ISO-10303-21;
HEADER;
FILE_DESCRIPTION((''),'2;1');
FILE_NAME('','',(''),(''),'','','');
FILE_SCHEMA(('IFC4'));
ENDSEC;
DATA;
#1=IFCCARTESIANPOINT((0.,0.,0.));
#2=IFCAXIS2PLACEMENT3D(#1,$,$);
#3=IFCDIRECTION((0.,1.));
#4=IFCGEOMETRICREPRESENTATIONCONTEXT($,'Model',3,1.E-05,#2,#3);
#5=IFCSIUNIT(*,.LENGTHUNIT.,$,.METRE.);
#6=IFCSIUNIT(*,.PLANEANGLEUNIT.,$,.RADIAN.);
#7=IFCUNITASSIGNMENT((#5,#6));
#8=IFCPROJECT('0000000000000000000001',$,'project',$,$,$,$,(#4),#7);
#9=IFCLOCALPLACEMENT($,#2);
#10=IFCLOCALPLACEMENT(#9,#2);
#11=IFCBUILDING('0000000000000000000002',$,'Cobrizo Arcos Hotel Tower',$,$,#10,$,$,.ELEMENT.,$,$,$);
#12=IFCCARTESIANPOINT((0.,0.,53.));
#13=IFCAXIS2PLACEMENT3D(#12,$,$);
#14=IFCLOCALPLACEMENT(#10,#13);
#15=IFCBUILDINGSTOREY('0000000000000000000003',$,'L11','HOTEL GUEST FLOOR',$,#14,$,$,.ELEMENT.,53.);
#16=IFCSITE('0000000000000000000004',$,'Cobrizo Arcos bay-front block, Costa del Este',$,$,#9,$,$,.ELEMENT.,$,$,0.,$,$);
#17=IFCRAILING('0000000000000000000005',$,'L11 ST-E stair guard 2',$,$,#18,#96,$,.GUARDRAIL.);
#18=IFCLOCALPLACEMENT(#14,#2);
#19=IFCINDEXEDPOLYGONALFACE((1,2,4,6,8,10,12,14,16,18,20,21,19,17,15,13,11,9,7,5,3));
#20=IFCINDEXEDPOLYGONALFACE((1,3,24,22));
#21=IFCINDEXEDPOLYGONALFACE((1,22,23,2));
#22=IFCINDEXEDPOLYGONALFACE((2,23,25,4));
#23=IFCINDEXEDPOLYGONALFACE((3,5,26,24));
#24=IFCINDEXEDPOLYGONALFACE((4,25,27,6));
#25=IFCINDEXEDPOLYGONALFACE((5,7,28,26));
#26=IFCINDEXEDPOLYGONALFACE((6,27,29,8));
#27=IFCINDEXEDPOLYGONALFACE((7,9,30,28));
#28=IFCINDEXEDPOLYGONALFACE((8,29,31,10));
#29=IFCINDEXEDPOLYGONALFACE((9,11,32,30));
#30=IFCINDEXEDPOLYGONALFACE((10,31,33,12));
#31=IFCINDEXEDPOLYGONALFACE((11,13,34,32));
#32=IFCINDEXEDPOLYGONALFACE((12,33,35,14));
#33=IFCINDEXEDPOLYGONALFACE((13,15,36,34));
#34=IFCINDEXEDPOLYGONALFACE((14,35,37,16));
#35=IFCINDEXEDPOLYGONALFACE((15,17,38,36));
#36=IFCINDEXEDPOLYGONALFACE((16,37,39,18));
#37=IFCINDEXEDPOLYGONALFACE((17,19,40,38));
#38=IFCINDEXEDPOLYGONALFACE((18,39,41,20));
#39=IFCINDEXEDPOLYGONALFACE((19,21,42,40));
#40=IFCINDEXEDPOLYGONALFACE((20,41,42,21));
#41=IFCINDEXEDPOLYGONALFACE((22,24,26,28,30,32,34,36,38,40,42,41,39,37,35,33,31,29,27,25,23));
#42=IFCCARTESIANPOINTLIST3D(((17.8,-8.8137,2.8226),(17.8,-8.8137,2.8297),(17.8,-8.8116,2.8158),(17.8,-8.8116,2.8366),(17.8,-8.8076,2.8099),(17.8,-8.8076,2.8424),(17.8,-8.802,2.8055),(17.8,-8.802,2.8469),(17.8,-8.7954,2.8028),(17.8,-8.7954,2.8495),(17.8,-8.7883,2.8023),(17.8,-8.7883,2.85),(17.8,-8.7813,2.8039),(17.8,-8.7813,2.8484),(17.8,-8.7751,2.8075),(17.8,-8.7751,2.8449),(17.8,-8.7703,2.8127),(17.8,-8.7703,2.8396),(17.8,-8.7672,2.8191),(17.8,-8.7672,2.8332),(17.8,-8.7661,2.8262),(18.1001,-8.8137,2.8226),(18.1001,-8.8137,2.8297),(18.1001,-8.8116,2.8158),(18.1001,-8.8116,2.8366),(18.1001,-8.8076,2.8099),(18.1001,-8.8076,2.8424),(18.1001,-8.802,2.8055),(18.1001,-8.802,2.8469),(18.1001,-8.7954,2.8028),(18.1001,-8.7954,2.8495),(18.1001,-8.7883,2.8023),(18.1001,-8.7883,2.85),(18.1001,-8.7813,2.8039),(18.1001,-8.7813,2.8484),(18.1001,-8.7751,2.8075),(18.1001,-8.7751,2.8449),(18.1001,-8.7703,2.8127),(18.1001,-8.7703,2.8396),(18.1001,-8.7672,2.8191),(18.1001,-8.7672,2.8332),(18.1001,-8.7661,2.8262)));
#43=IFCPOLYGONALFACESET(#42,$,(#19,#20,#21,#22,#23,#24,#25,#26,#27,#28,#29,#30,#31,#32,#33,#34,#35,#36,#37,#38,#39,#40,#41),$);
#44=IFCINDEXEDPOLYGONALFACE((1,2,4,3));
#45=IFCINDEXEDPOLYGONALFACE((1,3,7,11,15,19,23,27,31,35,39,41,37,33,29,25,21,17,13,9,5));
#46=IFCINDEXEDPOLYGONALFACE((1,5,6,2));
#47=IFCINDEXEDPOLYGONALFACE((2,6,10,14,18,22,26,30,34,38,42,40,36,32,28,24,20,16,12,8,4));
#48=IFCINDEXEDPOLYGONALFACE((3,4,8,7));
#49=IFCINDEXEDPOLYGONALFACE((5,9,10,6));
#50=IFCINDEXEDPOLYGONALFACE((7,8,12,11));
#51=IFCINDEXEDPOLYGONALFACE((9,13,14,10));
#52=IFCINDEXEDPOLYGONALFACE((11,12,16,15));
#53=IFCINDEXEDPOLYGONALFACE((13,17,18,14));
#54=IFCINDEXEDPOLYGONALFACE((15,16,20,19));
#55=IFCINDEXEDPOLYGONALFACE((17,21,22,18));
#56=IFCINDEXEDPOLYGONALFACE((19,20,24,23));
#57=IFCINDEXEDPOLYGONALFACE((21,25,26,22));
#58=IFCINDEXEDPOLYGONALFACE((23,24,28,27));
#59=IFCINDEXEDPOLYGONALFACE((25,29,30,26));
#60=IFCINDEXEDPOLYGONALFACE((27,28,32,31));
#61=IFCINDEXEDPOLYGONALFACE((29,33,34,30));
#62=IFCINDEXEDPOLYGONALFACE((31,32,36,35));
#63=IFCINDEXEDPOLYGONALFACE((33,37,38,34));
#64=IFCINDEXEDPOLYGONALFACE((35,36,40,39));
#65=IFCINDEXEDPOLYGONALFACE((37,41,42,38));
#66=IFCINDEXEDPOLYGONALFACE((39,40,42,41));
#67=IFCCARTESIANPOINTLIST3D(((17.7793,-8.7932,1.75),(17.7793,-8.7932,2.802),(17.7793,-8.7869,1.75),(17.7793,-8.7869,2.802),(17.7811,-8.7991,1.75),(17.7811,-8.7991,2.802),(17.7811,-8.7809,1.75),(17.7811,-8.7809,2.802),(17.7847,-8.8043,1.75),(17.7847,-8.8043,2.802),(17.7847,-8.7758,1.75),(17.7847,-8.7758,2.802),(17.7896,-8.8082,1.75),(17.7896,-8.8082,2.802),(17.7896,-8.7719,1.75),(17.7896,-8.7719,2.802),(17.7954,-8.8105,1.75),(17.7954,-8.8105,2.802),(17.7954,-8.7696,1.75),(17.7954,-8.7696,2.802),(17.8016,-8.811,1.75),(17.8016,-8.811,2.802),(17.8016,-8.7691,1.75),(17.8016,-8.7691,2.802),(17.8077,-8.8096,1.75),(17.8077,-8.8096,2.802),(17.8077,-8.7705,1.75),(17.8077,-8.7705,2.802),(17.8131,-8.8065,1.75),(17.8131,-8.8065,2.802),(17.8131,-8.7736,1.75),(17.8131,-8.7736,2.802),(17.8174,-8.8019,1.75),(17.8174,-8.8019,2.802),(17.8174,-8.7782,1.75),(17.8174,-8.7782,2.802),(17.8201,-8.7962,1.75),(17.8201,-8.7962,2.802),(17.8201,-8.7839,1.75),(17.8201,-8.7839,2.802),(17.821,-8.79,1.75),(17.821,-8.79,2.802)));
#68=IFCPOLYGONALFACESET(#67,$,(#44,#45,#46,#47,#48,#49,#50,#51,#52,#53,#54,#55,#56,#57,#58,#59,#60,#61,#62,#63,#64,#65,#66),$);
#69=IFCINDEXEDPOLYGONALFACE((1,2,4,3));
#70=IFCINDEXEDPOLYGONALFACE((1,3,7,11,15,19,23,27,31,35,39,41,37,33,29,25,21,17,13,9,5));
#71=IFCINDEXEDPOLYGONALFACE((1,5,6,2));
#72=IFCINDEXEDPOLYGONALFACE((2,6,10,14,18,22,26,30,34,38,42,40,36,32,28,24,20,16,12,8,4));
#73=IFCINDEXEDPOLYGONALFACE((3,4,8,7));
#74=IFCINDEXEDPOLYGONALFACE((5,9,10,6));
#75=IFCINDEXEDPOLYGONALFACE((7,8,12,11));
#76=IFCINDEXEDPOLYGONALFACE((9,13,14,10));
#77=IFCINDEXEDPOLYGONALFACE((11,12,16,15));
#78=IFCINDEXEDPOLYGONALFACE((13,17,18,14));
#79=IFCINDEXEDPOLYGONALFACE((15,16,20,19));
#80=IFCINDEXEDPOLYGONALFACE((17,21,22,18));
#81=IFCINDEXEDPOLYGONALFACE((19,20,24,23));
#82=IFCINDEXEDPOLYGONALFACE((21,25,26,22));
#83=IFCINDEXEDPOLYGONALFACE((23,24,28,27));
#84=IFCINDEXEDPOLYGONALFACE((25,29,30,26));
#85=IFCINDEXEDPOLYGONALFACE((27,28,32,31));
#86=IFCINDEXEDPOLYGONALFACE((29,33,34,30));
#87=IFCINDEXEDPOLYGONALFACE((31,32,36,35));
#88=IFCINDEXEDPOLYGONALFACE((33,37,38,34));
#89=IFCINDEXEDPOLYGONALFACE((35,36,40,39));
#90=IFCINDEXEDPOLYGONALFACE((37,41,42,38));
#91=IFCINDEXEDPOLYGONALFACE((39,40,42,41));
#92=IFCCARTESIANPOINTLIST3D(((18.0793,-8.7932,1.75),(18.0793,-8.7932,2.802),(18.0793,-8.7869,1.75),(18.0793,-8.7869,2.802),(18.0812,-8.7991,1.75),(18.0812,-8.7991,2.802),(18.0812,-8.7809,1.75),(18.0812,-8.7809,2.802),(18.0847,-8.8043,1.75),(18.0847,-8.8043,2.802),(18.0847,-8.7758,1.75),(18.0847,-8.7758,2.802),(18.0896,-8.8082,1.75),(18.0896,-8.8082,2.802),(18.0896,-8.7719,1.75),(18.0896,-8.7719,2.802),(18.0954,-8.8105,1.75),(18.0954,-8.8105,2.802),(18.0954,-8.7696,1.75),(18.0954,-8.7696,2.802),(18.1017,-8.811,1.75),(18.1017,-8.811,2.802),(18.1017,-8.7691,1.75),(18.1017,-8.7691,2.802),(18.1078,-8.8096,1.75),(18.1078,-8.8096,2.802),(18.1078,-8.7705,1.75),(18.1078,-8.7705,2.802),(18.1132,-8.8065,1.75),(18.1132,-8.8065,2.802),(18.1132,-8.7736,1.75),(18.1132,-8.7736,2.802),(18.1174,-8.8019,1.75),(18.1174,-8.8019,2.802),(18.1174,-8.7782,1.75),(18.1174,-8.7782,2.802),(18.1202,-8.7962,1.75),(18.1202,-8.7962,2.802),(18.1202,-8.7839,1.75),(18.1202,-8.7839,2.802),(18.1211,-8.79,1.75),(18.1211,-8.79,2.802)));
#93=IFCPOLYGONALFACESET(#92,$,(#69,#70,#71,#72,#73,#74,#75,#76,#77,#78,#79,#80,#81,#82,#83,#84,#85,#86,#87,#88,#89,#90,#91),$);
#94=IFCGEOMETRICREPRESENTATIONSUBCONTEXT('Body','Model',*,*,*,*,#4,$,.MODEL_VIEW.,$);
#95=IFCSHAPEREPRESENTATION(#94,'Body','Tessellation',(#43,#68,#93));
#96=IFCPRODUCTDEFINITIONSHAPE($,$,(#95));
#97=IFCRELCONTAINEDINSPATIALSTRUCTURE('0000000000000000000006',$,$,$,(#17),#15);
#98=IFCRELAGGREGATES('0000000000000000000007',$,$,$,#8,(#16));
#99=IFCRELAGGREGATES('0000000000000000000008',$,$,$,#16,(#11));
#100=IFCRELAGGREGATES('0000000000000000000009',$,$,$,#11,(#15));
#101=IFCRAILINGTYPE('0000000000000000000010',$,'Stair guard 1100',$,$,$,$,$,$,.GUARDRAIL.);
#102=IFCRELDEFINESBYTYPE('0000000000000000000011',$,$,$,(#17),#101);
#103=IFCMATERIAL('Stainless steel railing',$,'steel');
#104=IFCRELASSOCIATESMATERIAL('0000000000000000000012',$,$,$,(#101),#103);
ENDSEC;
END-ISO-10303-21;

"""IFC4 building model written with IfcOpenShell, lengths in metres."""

from ifc_helpers import new_model, si_unit, direction, frame, origin, origin_2d, place, context, subcontext, project, spatial, circle, extrude, material, type_object, element, save


model = new_model("IFC4")

# Units and contexts
model_context = context("Model", 3, precision=1e-05, world=origin(), true_north=direction((0.0, 1.0)))
body_context = subcontext(model_context, "Body", "Model", "MODEL_VIEW")
ifc_project = project(units=[si_unit("LENGTHUNIT", "METRE"), si_unit("PLANEANGLEUNIT", "RADIAN")], contexts=[model_context])

# Site, building, storey
site_placement = place(None, origin())
site = spatial("IfcSite", under=ifc_project, at=site_placement, Name="Cobrizo Arcos bay-front block, Costa del Este", CompositionType="ELEMENT", RefElevation=0.0)
building_placement = place(site_placement, origin())
building = spatial("IfcBuilding", under=site, at=building_placement, Name="Cobrizo Arcos Hotel Tower", CompositionType="ELEMENT")
storey_placement = place(building_placement, frame((0.0, 0.0, 53.0)))
storey = spatial("IfcBuildingStorey", under=building, at=storey_placement, Name="L11", Description="HOTEL GUEST FLOOR", CompositionType="ELEMENT", Elevation=53.0)

# Railing
ifc_material_1 = material(Name="Stainless steel railing", Category="steel")
railing_type_1 = type_object("IfcRailingType", Name="Stair guard 1100", PredefinedType="GUARDRAIL", material=ifc_material_1)
railing_1_placement = place(storey_placement, frame((17.8, -8.79, 1.75)))
element("IfcRailing", 1, at=railing_1_placement, inside=storey, type_object=railing_type_1, Name="L11 ST-E stair guard 2", PredefinedType="GUARDRAIL", context=body_context, shape_type="SweptSolid", body=[
    extrude(circle(Radius=0.0239, at=origin_2d()), frame((0.0, 0.0, 1.0762), z_axis=(1.0, 0.0, 0.0), x_axis=(0.0, 1.0, 0.0)), (0.0, 0.0, 1.0), 0.3),
    extrude(circle(Radius=0.021, at=origin_2d()), origin(), (0.0, 0.0, 1.0), 1.052),
    extrude(circle(Radius=0.021, at=origin_2d()), frame((0.3, 0.0, 0.0)), (0.0, 0.0, 1.0), 1.052),
])

save(model, "model.ifc")
